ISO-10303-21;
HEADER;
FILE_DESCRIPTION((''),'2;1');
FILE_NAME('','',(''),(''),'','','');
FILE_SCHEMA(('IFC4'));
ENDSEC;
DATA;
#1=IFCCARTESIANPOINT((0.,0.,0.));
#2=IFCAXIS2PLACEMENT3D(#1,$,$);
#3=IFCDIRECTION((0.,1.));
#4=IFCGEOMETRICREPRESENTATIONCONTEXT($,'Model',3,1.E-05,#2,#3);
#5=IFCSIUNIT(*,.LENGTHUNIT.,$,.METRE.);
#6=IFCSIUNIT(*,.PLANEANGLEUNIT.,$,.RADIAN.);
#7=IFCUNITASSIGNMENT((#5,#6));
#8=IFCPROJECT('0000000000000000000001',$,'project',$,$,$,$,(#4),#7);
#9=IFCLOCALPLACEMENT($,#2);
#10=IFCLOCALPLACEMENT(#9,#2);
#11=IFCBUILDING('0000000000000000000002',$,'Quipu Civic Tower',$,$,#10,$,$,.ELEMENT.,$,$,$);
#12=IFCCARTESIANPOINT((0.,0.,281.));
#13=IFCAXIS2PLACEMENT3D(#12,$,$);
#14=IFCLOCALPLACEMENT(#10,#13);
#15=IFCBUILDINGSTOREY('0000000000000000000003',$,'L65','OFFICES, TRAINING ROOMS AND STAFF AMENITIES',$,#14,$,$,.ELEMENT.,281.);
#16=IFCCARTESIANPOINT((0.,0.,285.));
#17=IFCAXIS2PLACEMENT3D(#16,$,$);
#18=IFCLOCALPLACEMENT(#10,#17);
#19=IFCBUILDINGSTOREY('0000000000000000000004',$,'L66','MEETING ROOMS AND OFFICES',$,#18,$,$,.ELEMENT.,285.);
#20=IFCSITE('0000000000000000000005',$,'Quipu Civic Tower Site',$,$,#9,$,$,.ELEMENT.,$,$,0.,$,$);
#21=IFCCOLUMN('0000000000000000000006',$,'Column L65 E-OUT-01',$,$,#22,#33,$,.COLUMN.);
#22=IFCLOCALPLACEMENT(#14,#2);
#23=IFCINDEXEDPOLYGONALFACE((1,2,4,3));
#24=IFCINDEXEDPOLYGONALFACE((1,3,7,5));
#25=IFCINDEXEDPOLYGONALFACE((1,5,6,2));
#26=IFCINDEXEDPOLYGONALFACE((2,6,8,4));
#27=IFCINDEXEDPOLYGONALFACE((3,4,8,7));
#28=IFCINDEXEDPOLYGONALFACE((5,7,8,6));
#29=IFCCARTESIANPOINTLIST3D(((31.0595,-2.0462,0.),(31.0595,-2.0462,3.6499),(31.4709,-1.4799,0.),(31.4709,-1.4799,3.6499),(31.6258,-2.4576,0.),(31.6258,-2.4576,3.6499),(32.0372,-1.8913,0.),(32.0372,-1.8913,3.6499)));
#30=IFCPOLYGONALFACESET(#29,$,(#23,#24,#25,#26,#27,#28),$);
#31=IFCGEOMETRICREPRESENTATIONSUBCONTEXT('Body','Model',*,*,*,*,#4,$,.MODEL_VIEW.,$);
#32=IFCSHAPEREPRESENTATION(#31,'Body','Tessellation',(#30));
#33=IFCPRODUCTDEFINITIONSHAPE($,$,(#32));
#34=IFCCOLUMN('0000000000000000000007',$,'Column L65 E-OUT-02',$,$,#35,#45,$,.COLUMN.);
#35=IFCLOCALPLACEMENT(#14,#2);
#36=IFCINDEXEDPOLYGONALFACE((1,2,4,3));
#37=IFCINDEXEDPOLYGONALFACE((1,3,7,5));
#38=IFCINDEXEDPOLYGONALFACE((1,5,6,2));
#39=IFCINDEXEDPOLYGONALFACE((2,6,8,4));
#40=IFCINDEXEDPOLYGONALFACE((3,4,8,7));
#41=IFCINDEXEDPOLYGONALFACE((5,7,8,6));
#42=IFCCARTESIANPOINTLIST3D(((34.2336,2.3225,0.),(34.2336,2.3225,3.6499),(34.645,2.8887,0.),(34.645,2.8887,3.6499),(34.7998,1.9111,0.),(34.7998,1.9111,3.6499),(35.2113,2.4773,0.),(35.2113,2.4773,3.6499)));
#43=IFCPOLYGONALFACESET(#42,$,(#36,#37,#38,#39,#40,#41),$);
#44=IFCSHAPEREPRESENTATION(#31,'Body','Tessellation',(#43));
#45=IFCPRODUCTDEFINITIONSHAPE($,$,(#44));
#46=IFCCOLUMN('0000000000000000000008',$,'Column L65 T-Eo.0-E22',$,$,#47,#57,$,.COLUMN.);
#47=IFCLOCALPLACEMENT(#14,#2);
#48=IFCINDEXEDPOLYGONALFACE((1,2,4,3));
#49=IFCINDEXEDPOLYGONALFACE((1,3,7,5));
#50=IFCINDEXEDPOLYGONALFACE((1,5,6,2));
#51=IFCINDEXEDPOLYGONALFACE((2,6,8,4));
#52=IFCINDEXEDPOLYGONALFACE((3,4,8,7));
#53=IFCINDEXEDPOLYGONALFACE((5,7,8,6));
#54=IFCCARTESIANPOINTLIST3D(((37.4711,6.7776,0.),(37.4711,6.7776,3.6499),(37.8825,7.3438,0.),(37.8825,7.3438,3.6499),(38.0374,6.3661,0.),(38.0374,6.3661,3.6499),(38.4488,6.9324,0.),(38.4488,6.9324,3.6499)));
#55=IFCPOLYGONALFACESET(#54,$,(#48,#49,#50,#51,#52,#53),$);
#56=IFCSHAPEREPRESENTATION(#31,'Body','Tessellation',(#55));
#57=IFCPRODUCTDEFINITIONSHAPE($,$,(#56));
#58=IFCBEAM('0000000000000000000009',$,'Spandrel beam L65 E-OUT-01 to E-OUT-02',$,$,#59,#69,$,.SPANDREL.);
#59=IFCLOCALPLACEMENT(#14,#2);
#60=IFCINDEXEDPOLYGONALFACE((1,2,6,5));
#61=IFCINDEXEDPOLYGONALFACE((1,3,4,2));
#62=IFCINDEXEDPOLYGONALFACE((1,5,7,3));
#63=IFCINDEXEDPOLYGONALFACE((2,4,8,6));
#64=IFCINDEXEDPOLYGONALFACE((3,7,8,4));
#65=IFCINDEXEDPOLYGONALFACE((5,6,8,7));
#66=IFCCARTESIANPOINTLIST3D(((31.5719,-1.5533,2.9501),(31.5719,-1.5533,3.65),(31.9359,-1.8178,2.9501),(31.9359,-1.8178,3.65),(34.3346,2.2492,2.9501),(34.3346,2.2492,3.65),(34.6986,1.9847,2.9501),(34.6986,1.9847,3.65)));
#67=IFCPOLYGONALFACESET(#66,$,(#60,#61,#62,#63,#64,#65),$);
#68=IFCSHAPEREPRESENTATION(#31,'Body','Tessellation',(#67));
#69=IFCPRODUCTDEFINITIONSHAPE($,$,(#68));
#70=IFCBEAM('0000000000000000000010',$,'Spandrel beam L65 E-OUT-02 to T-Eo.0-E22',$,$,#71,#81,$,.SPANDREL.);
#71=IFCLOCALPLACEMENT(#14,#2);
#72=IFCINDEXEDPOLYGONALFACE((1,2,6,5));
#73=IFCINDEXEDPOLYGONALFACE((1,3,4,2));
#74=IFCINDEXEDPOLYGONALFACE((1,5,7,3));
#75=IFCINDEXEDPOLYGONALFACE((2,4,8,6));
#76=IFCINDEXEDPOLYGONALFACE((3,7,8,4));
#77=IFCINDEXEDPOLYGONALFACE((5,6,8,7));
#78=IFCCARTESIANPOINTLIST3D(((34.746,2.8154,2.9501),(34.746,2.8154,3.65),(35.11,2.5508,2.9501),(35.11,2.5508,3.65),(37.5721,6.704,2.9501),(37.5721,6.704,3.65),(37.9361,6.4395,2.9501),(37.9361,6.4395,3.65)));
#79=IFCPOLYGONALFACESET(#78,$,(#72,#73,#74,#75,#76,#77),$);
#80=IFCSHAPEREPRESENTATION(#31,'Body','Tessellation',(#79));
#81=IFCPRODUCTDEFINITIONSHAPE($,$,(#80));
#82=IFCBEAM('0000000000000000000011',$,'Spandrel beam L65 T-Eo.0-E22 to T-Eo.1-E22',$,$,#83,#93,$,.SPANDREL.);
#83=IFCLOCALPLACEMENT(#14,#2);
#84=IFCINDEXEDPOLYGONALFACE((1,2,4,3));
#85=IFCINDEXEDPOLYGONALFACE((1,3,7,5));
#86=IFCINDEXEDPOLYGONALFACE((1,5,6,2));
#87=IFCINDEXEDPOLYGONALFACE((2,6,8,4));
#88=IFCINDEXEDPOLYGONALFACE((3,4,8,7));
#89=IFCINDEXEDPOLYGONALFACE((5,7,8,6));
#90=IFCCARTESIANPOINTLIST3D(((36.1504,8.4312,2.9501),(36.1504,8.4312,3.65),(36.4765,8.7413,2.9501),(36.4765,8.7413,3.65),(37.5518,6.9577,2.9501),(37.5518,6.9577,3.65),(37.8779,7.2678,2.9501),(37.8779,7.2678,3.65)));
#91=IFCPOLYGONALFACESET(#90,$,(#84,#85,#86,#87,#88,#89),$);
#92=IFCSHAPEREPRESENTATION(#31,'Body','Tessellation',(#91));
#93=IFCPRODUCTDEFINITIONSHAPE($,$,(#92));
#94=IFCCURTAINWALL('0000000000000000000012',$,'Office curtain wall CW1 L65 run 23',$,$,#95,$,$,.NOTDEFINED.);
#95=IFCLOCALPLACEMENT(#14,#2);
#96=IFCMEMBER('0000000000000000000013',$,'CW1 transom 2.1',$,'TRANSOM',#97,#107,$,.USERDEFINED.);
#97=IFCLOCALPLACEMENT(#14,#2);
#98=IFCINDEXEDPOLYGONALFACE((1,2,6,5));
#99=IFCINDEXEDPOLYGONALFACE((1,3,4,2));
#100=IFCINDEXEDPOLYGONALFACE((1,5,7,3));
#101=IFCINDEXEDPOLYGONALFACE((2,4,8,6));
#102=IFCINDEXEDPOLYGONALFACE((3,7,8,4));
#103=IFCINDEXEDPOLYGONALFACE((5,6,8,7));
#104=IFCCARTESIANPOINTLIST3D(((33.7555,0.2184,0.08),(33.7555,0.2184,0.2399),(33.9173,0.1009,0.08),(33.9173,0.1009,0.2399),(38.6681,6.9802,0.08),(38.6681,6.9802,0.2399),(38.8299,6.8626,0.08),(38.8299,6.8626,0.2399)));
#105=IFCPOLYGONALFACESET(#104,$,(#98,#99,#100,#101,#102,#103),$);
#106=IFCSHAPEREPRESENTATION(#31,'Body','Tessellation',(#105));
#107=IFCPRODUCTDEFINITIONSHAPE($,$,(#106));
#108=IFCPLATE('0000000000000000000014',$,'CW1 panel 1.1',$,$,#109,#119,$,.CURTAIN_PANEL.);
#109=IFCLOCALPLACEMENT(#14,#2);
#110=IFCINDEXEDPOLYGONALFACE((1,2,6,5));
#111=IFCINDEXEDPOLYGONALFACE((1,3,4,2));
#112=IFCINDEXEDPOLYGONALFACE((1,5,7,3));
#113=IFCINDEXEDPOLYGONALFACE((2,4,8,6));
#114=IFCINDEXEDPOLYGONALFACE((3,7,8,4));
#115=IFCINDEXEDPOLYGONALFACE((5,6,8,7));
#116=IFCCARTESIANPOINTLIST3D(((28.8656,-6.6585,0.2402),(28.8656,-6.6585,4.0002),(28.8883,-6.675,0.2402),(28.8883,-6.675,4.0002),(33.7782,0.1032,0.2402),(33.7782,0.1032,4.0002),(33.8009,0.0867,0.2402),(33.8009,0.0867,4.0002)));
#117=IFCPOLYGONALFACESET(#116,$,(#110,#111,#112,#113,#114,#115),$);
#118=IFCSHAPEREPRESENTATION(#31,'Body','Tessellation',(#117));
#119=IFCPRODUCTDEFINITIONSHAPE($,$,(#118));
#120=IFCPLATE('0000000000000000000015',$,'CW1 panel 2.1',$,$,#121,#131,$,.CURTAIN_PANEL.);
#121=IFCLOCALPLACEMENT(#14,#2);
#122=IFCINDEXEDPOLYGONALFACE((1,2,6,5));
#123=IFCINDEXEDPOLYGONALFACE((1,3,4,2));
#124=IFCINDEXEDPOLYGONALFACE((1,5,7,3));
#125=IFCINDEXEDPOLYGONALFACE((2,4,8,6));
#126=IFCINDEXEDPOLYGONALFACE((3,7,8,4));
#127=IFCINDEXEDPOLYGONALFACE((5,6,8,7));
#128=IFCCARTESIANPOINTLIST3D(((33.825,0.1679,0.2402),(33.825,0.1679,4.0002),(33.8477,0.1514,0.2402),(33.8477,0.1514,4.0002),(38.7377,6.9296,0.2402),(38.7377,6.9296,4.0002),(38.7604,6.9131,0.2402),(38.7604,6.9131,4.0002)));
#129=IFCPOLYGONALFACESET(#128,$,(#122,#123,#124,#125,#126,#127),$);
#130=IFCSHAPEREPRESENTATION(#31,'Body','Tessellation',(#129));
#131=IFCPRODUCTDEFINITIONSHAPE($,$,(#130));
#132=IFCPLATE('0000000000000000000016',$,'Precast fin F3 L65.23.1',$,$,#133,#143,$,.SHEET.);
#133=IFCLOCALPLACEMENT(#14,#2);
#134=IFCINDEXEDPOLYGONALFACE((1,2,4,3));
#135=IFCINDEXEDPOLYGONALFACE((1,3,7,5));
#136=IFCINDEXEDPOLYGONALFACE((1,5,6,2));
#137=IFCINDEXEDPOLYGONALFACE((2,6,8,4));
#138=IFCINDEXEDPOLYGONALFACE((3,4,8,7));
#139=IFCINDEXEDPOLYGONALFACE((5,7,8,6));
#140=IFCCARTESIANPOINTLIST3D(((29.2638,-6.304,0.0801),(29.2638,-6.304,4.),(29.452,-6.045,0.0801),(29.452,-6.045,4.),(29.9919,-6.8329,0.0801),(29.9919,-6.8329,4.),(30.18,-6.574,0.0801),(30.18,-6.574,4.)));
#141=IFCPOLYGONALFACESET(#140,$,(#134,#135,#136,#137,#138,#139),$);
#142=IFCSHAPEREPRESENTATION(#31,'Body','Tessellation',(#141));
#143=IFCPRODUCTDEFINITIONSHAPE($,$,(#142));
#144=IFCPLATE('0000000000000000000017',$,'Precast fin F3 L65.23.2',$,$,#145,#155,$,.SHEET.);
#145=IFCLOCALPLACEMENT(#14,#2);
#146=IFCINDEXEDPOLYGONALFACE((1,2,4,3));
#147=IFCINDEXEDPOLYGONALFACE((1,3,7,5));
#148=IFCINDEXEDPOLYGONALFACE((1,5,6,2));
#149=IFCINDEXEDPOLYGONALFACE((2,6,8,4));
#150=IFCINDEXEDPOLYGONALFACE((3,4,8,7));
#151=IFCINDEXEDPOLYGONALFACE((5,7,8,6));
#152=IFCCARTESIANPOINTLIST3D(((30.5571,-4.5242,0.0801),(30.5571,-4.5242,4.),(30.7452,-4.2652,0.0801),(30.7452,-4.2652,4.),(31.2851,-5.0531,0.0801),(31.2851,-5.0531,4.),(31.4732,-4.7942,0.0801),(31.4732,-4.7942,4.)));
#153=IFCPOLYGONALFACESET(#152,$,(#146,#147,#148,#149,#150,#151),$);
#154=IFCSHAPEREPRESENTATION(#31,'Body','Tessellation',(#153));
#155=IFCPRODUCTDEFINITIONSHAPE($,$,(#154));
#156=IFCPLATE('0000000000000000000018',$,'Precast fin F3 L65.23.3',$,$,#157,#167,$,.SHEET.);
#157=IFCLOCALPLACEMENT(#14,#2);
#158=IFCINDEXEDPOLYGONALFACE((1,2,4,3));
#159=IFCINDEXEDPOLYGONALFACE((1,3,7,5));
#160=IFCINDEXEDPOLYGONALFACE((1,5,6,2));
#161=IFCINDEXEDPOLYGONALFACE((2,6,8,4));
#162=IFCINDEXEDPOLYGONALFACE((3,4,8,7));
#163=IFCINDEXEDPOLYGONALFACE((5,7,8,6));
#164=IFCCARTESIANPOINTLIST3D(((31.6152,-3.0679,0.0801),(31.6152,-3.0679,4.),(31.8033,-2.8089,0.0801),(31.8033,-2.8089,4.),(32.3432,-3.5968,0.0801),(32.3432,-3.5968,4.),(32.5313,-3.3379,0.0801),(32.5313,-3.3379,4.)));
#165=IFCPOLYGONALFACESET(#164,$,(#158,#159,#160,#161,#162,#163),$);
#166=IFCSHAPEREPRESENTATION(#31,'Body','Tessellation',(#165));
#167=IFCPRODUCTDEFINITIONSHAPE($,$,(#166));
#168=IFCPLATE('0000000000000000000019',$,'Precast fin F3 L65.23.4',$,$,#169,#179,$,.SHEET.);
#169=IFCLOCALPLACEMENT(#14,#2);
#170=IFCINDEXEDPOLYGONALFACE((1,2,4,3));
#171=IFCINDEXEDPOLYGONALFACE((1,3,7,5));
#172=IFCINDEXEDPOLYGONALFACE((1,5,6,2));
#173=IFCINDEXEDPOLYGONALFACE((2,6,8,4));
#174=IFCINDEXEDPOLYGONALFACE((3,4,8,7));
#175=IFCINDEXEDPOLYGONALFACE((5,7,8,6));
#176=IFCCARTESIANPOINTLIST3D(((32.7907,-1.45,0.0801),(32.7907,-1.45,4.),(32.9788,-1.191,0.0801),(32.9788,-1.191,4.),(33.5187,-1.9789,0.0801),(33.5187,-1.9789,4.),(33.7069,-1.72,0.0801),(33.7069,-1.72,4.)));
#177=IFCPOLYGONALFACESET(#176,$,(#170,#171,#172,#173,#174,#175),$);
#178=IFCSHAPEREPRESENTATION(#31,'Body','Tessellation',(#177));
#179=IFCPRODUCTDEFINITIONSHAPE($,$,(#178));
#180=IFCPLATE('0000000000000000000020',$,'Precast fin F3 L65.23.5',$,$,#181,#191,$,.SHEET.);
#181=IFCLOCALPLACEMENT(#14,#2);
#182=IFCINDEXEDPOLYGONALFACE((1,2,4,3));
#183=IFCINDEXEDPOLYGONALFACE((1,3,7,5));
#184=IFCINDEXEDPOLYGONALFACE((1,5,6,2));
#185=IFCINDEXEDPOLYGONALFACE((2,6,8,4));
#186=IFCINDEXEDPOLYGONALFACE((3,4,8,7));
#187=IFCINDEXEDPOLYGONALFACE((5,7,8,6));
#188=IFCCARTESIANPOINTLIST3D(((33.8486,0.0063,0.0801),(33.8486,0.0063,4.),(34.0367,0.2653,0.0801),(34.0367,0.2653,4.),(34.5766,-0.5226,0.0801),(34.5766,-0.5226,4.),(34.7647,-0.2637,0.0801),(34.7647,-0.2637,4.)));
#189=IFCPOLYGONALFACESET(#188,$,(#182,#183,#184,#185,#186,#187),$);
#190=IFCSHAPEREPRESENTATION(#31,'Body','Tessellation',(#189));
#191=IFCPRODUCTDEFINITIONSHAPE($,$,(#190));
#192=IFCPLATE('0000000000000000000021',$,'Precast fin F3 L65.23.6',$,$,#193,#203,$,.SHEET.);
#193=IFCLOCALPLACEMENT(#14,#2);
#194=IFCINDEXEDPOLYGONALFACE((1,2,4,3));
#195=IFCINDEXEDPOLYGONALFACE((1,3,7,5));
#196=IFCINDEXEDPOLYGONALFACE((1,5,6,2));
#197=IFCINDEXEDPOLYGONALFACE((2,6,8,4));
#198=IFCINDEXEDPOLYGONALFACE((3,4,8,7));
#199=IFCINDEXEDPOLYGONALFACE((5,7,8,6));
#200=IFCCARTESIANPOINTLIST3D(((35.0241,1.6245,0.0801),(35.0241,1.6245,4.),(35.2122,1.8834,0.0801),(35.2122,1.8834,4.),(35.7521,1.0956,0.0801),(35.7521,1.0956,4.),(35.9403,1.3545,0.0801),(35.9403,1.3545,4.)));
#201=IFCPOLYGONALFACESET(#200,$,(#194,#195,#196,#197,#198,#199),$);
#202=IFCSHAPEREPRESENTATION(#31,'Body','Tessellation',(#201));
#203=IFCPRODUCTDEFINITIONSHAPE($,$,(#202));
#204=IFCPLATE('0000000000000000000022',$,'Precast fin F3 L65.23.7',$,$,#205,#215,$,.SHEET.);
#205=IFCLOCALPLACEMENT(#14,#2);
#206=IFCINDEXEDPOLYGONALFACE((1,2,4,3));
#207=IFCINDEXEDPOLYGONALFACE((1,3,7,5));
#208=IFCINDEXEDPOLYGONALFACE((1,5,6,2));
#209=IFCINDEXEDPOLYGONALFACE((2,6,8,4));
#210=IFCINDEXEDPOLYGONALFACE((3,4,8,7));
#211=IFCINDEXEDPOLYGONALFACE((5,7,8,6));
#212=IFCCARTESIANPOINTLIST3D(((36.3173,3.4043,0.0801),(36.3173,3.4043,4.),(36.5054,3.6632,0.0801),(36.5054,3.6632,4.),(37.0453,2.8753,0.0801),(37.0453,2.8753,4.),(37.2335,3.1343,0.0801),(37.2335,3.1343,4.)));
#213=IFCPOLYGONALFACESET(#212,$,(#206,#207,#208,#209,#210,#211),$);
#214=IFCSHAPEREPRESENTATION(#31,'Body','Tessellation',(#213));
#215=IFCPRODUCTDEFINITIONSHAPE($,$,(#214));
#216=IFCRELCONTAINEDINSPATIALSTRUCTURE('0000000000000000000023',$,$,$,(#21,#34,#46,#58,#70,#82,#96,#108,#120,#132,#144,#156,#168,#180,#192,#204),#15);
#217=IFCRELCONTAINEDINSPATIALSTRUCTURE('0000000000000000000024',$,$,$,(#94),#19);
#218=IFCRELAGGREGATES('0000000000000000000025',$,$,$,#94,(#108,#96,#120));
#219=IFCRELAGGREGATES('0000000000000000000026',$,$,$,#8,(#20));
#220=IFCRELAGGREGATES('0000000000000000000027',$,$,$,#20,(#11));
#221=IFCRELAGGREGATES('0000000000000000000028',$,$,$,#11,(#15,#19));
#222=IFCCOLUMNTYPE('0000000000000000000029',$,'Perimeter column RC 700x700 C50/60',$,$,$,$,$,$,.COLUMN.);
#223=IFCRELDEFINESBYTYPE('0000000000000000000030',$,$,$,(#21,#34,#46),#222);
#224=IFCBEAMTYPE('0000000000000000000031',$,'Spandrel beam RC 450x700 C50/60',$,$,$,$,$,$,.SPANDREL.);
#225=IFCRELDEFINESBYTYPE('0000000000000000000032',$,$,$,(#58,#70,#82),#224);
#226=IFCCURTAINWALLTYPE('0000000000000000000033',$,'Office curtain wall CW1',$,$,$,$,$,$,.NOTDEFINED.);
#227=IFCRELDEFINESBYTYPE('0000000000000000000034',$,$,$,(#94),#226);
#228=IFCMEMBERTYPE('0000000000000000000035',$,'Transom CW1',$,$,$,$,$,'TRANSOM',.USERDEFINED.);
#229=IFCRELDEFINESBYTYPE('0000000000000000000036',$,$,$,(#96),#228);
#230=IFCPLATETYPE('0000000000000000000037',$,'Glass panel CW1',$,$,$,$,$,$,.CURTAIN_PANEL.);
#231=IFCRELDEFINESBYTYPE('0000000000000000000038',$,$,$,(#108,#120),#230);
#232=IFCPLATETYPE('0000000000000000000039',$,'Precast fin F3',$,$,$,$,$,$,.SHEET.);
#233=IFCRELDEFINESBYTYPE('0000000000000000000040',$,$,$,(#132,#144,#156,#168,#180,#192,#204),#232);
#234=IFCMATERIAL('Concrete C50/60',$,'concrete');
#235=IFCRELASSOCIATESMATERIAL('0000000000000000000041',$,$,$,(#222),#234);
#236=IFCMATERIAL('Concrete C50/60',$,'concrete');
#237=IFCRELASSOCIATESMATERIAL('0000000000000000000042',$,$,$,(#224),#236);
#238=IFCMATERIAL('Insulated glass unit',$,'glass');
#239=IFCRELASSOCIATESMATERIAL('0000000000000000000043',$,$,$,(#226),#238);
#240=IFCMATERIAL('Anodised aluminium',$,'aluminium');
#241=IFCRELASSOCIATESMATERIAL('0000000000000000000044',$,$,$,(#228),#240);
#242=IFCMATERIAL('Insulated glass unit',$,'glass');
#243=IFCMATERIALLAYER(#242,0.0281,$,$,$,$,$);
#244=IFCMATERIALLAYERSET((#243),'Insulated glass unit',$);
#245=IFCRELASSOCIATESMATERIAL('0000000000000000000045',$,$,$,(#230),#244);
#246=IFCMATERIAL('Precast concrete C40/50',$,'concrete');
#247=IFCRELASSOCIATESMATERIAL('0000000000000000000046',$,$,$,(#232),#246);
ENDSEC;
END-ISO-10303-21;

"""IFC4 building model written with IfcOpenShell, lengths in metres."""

from ifc_helpers import new_model, si_unit, direction, frame, origin, origin_2d, place, context, subcontext, project, spatial, rectangle, extrude, material, layer, layer_set, material_profile, profile_set, type_object, element, aggregate, save


model = new_model("IFC4")

# Units and contexts
model_context = context("Model", 3, precision=1e-05, world=origin(), true_north=direction((0.0, 1.0)))
body_context = subcontext(model_context, "Body", "Model", "MODEL_VIEW")
ifc_project = project(units=[si_unit("LENGTHUNIT", "METRE"), si_unit("PLANEANGLEUNIT", "RADIAN")], contexts=[model_context])

# Site, building, storey
site_placement = place(None, origin())
site = spatial("IfcSite", under=ifc_project, at=site_placement, Name="Quipu Civic Tower Site", CompositionType="ELEMENT", RefElevation=0.0)
building_placement = place(site_placement, origin())
building = spatial("IfcBuilding", under=site, at=building_placement, Name="Quipu Civic Tower", CompositionType="ELEMENT")
storey_1_placement = place(building_placement, frame((0.0, 0.0, 281.0)))
storey_1 = spatial("IfcBuildingStorey", under=building, at=storey_1_placement, Name="L65", Description="OFFICES, TRAINING ROOMS AND STAFF AMENITIES", CompositionType="ELEMENT", Elevation=281.0)

# Columns
ifc_material_1 = material(Name="Concrete C50/60", Category="concrete")
ifc_material_profile_1 = material_profile(ifc_material_1, rectangle(XDim=0.7, YDim=0.7, at=origin_2d()), Name="RC700x700")
ifc_profile_set_1 = profile_set([ifc_material_profile_1], Name="Concrete C50/60")
column_type = type_object("IfcColumnType", Name="Perimeter column RC 700x700 C50/60", PredefinedType="COLUMN", material=ifc_profile_set_1)
for number, where, z_axis, x_axis, name in (
    (1, (31.5483, -1.9688, 0.0), (0.0, 0.0, 1.0), (0.587785, 0.809017, 0.0), "Column L65 E-OUT-01"),
    (2, (34.7224, 2.3999, 0.0), (0.0, 0.0, 1.0), (0.587785, 0.809017, 0.0), "Column L65 E-OUT-02"),
    (3, (37.96, 6.855, 0.0), (0.0, 0.0, 1.0), (0.587785, 0.809017, 0.0), "Column L65 T-Eo.0-E22"),
):
    element("IfcColumn", number, at=place(storey_1_placement, frame(where, z_axis=z_axis, x_axis=x_axis)), inside=storey_1, type_object=column_type, Name=name, PredefinedType="COLUMN", context=body_context, shape_type="SweptSolid", body=[
        extrude(rectangle(XDim=0.7, YDim=0.7, at=origin_2d()), origin(), (0.0, 0.0, 1.0), 3.6499),
    ])

# Beams
ifc_material_2 = material(Name="Concrete C50/60", Category="concrete")
ifc_material_profile_2 = material_profile(ifc_material_2, rectangle(XDim=0.45, YDim=0.7, at=origin_2d()), Name="RC450x700")
ifc_profile_set_2 = profile_set([ifc_material_profile_2], Name="Concrete C50/60")
beam_type = type_object("IfcBeamType", Name="Spandrel beam RC 450x700 C50/60", PredefinedType="SPANDREL", material=ifc_profile_set_2)
beam_1_placement = place(storey_1_placement, frame((31.7539, -1.6855, 3.3), z_axis=(0.587789, 0.809015, 0.0), x_axis=(-0.809015, 0.587789, 0.0)))
element("IfcBeam", 4, at=beam_1_placement, inside=storey_1, type_object=beam_type, Name="Spandrel beam L65 E-OUT-01 to E-OUT-02", PredefinedType="SPANDREL", context=body_context, shape_type="SweptSolid", body=[
    extrude(rectangle(XDim=0.45, YDim=0.7, at=origin_2d()), origin(), (0.0, 0.0, 1.0), 4.7002),
])
beam_2_placement = place(storey_1_placement, frame((34.928, 2.6831, 3.3), z_axis=(0.587906, 0.808929, 0.0), x_axis=(-0.808929, 0.587906, 0.0)))
element("IfcBeam", 5, at=beam_2_placement, inside=storey_1, type_object=beam_type, Name="Spandrel beam L65 E-OUT-02 to T-Eo.0-E22", PredefinedType="SPANDREL", context=body_context, shape_type="SweptSolid", body=[
    extrude(rectangle(XDim=0.45, YDim=0.7, at=origin_2d()), origin(), (0.0, 0.0, 1.0), 4.8071),
])
beam_3_placement = place(storey_1_placement, frame((37.7148, 7.1128, 3.3), z_axis=(-0.689175, 0.724595, 0.0), x_axis=(-0.724595, -0.689175, 0.0)))
element("IfcBeam", 6, at=beam_3_placement, inside=storey_1, type_object=beam_type, Name="Spandrel beam L65 T-Eo.0-E22 to T-Eo.1-E22", PredefinedType="SPANDREL", context=body_context, shape_type="SweptSolid", body=[
    extrude(rectangle(XDim=0.45, YDim=0.7, at=origin_2d()), origin(), (0.0, 0.0, 1.0), 2.0334),
])

# Shared definitions
storey_2_placement = place(building_placement, frame((0.0, 0.0, 285.0)))
storey_2 = spatial("IfcBuildingStorey", under=building, at=storey_2_placement, Name="L66", Description="MEETING ROOMS AND OFFICES", CompositionType="ELEMENT", Elevation=285.0)

# Curtain wall, member, plates
ifc_material_3 = material(Name="Insulated glass unit", Category="glass")
curtain_wall_type = type_object("IfcCurtainWallType", Name="Office curtain wall CW1", PredefinedType="NOTDEFINED", material=ifc_material_3)
curtain_wall_placement = place(storey_2_placement, origin())
curtain_wall = element("IfcCurtainWall", 7, at=curtain_wall_placement, inside=storey_2, type_object=curtain_wall_type, Name="Office curtain wall CW1 L65 run 23", PredefinedType="NOTDEFINED")
ifc_material_4 = material(Name="Anodised aluminium", Category="aluminium")
ifc_material_profile_3 = material_profile(ifc_material_4, rectangle(XDim=0.2, YDim=0.1599, at=origin_2d()), Name="RECT 200x160")
ifc_profile_set_3 = profile_set([ifc_material_profile_3], Name="Anodised aluminium")
member_type = type_object("IfcMemberType", Name="Transom CW1", ElementType="TRANSOM", PredefinedType="USERDEFINED", material=ifc_profile_set_3)
member_placement = place(storey_1_placement, frame((33.8364, 0.1597, 0.1599), z_axis=(0.587779, 0.809021, 0.0), x_axis=(-0.809021, 0.587779, 0.0)))
member = element("IfcMember", 8, at=member_placement, inside=storey_1, type_object=member_type, Name="CW1 transom 2.1", ObjectType="TRANSOM", PredefinedType="USERDEFINED", context=body_context, shape_type="SweptSolid", body=[
    extrude(rectangle(XDim=0.2, YDim=0.1599, at=origin_2d()), origin(), (0.0, 0.0, 1.0), 8.3579),
])
ifc_material_5 = material(Name="Insulated glass unit", Category="glass")
ifc_layer_1 = layer(ifc_material_5, 0.0281)
ifc_layer_set_1 = layer_set([ifc_layer_1], Name="Insulated glass unit")
plate_type_1 = type_object("IfcPlateType", Name="Glass panel CW1", PredefinedType="CURTAIN_PANEL", material=ifc_layer_set_1)
plate_1_placement = place(storey_1_placement, frame((31.3333, -3.2859, 0.2402), z_axis=(0.0, 0.0, 1.0), x_axis=(0.587786, 0.809016, 0.0)))
plate_1 = element("IfcPlate", 9, at=plate_1_placement, inside=storey_1, type_object=plate_type_1, Name="CW1 panel 1.1", PredefinedType="CURTAIN_PANEL", context=body_context, shape_type="SweptSolid", body=[
    extrude(rectangle(XDim=8.3579, YDim=0.0281, at=origin_2d()), origin(), (0.0, 0.0, 1.0), 3.76),
])
plate_2_placement = place(storey_1_placement, frame((36.2927, 3.5405, 0.2402), z_axis=(0.0, 0.0, 1.0), x_axis=(0.587786, 0.809016, 0.0)))
plate_2 = element("IfcPlate", 10, at=plate_2_placement, inside=storey_1, type_object=plate_type_1, Name="CW1 panel 2.1", PredefinedType="CURTAIN_PANEL", context=body_context, shape_type="SweptSolid", body=[
    extrude(rectangle(XDim=8.3579, YDim=0.0281, at=origin_2d()), origin(), (0.0, 0.0, 1.0), 3.76),
])
aggregate(curtain_wall, [plate_1, member, plate_2])

# Plates
ifc_material_6 = material(Name="Precast concrete C40/50", Category="concrete")
plate_type_2 = type_object("IfcPlateType", Name="Precast fin F3", PredefinedType="SHEET", material=ifc_material_6)
for number, where, z_axis, x_axis, name in (
    (11, (29.7219, -6.439, 0.0801), (0.0, 0.0, 1.0), (0.587787, 0.809016, 0.0), "Precast fin F3 L65.23.1"),
    (12, (31.0151, -4.6592, 0.0801), (0.0, 0.0, 1.0), (0.587787, 0.809016, 0.0), "Precast fin F3 L65.23.2"),
    (13, (32.0732, -3.2029, 0.0801), (0.0, 0.0, 1.0), (0.587787, 0.809016, 0.0), "Precast fin F3 L65.23.3"),
    (14, (33.2488, -1.585, 0.0801), (0.0, 0.0, 1.0), (0.587787, 0.809016, 0.0), "Precast fin F3 L65.23.4"),
    (15, (34.3066, -0.1287, 0.0801), (0.0, 0.0, 1.0), (0.587787, 0.809016, 0.0), "Precast fin F3 L65.23.5"),
    (16, (35.4822, 1.4895, 0.0801), (0.0, 0.0, 1.0), (0.587787, 0.809016, 0.0), "Precast fin F3 L65.23.6"),
    (17, (36.7754, 3.2693, 0.0801), (0.0, 0.0, 1.0), (0.587787, 0.809016, 0.0), "Precast fin F3 L65.23.7"),
):
    element("IfcPlate", number, at=place(storey_1_placement, frame(where, z_axis=z_axis, x_axis=x_axis)), inside=storey_1, type_object=plate_type_2, Name=name, PredefinedType="SHEET", context=body_context, shape_type="SweptSolid", body=[
        extrude(rectangle(XDim=0.3201, YDim=0.8999, at=origin_2d()), origin(), (0.0, 0.0, 1.0), 3.9199),
    ])

save(model, "model.ifc")
